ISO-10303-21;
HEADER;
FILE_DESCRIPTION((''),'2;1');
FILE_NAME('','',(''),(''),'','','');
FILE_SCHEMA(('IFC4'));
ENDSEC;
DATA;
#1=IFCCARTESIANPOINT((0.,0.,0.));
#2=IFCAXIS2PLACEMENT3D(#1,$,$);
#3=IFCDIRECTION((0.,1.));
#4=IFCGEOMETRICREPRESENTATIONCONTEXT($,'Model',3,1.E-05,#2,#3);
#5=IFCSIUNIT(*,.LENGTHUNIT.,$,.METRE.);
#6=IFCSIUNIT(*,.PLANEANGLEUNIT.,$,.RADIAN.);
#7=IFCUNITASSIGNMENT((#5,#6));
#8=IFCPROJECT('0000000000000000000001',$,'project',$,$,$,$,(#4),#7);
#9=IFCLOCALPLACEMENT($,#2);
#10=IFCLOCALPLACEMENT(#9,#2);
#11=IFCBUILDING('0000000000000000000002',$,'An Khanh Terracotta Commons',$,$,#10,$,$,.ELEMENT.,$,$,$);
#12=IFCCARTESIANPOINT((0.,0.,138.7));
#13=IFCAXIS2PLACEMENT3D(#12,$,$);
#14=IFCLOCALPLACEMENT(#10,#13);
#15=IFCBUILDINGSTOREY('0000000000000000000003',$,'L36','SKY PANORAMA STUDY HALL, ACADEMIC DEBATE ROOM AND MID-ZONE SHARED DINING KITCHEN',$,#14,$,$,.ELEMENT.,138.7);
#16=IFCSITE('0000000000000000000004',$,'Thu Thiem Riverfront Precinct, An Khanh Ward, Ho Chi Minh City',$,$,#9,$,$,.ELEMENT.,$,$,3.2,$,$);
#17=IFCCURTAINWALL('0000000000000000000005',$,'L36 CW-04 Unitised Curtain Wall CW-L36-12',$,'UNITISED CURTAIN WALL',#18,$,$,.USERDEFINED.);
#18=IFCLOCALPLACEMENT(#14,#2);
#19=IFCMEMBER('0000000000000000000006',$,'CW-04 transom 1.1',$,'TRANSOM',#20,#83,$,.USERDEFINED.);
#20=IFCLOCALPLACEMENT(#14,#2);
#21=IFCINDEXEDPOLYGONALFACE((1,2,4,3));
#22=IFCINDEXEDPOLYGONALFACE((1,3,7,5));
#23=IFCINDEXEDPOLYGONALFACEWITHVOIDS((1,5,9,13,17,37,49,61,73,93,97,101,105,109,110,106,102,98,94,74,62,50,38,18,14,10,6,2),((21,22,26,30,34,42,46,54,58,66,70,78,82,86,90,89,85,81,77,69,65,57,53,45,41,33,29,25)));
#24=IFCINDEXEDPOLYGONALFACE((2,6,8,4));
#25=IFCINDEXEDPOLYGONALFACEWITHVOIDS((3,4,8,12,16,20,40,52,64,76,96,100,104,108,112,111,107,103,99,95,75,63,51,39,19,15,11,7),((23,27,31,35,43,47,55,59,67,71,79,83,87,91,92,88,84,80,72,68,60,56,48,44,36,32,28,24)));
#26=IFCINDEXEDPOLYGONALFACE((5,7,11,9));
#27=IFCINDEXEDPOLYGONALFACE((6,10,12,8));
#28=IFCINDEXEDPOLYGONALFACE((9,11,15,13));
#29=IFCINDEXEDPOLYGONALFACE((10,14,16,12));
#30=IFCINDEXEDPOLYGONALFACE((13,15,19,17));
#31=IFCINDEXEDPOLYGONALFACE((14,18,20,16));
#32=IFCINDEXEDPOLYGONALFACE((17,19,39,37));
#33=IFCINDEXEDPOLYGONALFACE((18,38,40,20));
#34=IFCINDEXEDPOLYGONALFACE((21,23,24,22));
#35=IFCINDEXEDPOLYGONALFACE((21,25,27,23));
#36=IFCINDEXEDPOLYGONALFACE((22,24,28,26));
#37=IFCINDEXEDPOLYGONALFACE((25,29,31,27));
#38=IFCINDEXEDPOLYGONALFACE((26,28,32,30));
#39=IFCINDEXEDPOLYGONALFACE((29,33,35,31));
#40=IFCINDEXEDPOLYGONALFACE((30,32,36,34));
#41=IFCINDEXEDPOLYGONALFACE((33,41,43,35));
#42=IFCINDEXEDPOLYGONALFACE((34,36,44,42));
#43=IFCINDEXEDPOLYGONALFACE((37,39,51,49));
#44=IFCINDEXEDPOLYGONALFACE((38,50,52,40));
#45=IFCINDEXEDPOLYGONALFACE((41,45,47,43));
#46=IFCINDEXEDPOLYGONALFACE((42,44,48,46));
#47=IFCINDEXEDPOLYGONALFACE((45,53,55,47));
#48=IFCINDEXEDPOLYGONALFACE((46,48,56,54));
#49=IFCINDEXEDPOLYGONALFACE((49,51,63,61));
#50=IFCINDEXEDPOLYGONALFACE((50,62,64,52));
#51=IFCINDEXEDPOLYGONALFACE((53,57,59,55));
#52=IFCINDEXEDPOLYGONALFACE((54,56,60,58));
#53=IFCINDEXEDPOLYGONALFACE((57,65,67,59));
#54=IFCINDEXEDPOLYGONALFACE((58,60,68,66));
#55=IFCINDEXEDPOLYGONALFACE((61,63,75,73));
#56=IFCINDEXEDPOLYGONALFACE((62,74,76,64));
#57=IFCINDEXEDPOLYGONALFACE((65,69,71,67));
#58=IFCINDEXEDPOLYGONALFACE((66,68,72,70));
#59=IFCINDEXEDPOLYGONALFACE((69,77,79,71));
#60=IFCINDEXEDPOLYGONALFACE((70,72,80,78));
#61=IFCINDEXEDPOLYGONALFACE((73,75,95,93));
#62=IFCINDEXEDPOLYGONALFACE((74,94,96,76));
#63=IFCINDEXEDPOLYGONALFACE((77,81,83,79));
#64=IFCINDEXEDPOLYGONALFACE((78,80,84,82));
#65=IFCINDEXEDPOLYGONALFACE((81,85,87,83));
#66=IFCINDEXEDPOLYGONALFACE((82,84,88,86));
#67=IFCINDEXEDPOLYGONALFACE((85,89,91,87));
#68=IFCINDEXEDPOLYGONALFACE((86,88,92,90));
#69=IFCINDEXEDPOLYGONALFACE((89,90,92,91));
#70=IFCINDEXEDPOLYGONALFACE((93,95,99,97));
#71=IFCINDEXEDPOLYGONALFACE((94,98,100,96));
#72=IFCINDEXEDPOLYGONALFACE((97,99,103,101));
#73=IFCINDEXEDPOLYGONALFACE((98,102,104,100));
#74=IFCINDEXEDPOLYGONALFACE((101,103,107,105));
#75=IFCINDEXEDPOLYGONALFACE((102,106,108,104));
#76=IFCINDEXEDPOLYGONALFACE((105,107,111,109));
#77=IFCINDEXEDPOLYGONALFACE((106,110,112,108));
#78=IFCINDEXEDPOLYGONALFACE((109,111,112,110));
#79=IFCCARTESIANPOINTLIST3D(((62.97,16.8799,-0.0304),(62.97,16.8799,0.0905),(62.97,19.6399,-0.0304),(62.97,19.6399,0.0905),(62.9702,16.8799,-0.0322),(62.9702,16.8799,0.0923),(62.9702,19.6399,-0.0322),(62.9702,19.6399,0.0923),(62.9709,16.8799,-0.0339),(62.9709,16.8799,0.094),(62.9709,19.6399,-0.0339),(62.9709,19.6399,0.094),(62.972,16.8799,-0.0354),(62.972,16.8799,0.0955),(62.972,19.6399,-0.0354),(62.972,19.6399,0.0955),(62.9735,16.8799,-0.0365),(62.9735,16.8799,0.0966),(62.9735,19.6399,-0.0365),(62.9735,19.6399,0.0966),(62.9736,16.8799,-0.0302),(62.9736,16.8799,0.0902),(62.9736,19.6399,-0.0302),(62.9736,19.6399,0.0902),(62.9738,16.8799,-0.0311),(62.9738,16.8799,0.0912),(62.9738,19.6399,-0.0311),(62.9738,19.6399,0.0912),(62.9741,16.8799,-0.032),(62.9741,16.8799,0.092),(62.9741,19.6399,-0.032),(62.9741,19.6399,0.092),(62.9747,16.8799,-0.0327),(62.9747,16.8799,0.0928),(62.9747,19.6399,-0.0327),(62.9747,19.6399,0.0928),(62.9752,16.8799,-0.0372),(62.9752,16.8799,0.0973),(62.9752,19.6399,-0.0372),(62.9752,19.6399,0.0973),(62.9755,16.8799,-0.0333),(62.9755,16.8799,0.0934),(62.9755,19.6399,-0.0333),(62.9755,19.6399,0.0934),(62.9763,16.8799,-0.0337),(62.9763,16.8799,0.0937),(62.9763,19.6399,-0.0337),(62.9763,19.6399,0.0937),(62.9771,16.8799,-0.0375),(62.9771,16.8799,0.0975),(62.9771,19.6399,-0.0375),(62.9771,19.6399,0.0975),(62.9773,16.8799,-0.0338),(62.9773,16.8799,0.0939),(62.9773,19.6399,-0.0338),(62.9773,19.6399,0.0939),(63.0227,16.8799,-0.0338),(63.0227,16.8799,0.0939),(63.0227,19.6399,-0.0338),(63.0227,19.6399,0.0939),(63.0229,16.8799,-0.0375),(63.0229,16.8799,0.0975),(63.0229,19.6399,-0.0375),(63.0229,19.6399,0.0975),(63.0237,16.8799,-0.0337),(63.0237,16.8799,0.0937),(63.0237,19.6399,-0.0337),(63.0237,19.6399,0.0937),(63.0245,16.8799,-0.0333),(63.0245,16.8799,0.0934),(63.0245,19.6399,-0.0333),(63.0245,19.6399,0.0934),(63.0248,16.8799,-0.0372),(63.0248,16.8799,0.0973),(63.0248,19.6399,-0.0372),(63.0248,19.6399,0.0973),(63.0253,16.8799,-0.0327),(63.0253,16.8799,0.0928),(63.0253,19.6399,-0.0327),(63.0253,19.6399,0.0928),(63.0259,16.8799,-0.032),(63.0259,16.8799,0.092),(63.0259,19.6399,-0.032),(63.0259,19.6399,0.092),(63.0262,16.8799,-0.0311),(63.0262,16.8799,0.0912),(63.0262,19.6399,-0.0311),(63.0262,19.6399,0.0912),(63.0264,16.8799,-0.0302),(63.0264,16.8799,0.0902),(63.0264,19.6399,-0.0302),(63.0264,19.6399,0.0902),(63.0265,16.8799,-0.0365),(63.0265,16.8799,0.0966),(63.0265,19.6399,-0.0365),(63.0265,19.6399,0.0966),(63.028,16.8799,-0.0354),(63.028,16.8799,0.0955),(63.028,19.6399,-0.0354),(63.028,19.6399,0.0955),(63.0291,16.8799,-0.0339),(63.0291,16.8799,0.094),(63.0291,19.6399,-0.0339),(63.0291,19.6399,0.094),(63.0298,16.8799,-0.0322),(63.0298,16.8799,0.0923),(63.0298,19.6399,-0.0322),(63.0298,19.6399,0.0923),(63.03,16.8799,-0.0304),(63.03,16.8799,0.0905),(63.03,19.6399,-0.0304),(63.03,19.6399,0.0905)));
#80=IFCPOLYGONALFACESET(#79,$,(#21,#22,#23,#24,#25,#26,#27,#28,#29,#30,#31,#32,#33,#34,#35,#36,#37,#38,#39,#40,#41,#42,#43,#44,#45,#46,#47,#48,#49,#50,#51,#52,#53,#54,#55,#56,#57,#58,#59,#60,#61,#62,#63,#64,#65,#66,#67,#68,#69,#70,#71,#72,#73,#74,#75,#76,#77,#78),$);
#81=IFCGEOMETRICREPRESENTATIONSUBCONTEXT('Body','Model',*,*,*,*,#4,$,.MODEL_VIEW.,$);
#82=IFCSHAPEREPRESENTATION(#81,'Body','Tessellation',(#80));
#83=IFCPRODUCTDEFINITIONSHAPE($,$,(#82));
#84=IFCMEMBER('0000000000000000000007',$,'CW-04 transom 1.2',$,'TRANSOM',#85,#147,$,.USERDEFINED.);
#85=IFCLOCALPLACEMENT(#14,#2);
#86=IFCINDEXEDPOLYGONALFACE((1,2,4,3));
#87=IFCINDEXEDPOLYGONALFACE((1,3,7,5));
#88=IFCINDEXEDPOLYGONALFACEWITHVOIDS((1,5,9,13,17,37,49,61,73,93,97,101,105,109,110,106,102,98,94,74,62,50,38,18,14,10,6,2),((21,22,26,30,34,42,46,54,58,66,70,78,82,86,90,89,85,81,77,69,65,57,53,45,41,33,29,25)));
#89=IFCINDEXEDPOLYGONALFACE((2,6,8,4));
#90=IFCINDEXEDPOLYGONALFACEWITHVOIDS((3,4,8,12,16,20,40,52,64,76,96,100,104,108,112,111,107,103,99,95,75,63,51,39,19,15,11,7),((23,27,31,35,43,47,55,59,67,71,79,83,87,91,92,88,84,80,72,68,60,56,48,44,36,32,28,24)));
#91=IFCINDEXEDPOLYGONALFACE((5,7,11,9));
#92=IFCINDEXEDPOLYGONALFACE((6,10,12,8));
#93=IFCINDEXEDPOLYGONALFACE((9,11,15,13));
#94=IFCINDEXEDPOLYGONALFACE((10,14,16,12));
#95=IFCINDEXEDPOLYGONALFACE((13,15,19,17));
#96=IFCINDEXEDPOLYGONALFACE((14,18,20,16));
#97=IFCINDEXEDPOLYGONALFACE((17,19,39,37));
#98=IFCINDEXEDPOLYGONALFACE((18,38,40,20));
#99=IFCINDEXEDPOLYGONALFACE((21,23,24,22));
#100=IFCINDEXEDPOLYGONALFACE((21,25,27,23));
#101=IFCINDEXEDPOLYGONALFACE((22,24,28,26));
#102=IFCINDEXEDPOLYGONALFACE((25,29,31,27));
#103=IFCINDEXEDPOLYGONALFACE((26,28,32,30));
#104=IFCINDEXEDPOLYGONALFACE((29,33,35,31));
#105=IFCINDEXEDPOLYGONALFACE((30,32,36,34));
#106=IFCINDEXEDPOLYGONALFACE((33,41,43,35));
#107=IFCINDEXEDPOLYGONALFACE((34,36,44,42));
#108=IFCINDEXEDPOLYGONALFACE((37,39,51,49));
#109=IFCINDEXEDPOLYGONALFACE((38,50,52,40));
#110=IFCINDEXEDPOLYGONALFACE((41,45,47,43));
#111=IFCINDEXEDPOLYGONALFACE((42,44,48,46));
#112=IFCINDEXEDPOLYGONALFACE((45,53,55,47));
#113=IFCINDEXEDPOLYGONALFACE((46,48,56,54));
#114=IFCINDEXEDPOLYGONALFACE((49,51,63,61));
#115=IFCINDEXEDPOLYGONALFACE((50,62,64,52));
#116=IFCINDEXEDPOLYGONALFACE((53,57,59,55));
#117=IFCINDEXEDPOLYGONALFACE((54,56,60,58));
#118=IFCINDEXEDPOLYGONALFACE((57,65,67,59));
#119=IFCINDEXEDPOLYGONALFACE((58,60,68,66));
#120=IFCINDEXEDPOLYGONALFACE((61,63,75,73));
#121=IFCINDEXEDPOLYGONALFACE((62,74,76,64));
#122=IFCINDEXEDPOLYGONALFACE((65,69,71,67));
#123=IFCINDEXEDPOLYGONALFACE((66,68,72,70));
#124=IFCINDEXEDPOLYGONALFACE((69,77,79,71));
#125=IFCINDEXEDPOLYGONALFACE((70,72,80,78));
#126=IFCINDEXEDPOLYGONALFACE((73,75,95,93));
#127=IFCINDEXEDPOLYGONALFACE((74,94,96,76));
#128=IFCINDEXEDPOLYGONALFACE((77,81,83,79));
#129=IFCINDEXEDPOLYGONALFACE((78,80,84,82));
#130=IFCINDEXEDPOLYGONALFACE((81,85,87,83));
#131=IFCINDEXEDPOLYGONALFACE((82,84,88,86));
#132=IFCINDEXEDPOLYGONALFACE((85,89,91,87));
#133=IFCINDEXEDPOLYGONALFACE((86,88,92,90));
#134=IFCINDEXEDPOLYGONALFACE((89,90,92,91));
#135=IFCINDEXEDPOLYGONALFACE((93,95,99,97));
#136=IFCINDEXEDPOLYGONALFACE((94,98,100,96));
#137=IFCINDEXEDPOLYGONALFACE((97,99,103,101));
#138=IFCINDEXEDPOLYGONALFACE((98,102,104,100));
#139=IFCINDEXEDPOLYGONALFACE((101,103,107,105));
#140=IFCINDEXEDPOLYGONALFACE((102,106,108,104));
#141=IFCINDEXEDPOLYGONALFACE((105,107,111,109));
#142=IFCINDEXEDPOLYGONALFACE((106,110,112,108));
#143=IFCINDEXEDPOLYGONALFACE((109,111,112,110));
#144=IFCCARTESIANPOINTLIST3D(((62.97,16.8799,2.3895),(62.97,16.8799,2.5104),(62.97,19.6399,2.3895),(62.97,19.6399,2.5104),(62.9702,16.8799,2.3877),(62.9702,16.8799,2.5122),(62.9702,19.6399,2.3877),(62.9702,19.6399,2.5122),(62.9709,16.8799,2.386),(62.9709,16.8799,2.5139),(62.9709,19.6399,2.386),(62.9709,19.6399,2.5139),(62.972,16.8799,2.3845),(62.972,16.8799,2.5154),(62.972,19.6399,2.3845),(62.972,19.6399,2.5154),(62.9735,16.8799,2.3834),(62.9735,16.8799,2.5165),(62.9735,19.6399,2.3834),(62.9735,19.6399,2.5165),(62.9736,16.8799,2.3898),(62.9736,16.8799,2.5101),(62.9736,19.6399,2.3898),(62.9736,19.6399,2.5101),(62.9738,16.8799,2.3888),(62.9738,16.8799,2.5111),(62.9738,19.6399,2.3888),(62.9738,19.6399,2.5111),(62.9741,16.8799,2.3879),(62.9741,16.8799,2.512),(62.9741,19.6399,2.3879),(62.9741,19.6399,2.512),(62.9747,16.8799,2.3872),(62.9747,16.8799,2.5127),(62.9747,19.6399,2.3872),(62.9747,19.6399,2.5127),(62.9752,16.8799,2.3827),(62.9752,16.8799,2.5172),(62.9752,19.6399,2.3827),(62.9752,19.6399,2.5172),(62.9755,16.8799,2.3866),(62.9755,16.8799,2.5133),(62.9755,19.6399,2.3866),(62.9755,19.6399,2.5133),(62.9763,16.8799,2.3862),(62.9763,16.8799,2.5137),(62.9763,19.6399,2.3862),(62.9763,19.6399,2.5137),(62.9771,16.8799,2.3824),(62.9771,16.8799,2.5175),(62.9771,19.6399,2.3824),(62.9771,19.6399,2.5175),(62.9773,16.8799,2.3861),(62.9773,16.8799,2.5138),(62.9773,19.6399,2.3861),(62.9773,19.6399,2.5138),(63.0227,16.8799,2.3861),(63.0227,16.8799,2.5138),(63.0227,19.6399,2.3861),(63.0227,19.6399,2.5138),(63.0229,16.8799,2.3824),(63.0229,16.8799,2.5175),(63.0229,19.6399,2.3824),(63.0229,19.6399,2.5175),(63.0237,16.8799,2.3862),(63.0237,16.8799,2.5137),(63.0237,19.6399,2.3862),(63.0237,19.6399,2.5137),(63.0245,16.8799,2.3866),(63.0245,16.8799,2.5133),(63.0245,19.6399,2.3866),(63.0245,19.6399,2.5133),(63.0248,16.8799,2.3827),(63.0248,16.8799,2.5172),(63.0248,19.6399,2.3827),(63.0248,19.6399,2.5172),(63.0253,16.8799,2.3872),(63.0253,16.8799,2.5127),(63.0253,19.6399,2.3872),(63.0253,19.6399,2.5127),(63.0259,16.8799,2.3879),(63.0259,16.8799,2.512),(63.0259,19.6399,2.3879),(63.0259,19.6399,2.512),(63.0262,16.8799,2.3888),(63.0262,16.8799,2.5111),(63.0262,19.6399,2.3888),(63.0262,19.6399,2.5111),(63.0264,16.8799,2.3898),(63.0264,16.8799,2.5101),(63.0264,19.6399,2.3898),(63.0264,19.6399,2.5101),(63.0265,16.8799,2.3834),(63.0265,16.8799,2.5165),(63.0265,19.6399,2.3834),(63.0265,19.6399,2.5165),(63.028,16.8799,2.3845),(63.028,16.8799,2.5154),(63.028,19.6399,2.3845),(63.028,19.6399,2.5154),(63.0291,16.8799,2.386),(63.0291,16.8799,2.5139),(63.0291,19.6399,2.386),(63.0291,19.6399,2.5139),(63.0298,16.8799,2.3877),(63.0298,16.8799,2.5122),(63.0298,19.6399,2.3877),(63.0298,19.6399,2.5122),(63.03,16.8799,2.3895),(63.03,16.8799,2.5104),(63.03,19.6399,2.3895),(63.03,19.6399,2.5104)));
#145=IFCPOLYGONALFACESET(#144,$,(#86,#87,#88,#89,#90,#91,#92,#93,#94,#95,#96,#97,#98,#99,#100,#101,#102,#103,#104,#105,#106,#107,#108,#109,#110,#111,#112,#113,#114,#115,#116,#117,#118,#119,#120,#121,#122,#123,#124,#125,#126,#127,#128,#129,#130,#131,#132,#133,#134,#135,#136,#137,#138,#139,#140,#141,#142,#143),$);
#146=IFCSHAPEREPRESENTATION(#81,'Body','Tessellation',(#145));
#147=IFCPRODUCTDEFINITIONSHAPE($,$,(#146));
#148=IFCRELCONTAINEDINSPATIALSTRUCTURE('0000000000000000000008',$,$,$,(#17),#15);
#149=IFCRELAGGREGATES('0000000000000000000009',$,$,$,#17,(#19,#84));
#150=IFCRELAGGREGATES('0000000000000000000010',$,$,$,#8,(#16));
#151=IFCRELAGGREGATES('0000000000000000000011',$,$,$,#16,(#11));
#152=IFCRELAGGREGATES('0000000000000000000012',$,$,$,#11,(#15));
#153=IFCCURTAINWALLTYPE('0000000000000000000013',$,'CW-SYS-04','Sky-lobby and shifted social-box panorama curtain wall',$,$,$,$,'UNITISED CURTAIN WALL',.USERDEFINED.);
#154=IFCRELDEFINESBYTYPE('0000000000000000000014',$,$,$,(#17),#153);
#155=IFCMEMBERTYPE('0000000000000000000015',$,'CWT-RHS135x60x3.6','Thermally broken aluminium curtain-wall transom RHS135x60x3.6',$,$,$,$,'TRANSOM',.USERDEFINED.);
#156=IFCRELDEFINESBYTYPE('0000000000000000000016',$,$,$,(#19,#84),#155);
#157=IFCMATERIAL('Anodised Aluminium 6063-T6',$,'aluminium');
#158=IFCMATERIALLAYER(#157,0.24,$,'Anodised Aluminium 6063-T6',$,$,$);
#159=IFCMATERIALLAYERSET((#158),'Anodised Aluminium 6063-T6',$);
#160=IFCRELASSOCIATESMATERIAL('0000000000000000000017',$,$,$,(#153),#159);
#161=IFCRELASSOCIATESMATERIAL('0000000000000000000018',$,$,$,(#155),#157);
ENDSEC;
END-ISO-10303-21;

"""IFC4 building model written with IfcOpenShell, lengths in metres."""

from ifc_helpers import new_model, si_unit, direction, frame, origin, origin_2d, place, context, subcontext, project, spatial, hollow_rectangle, extrude, material, layer, layer_set, material_profile, profile_set, type_object, element, aggregate, save


model = new_model("IFC4")

# Units and contexts
model_context = context("Model", 3, precision=1e-05, world=origin(), true_north=direction((0.0, 1.0)))
body_context = subcontext(model_context, "Body", "Model", "MODEL_VIEW")
ifc_project = project(units=[si_unit("LENGTHUNIT", "METRE"), si_unit("PLANEANGLEUNIT", "RADIAN")], contexts=[model_context])

# Site, building, storey
site_placement = place(None, origin())
site = spatial("IfcSite", under=ifc_project, at=site_placement, Name="Thu Thiem Riverfront Precinct, An Khanh Ward, Ho Chi Minh City", CompositionType="ELEMENT", RefElevation=3.2)
building_placement = place(site_placement, origin())
building = spatial("IfcBuilding", under=site, at=building_placement, Name="An Khanh Terracotta Commons", CompositionType="ELEMENT")
storey_placement = place(building_placement, frame((0.0, 0.0, 138.7)))
storey = spatial("IfcBuildingStorey", under=building, at=storey_placement, Name="L36", Description="SKY PANORAMA STUDY HALL, ACADEMIC DEBATE ROOM AND MID-ZONE SHARED DINING KITCHEN", CompositionType="ELEMENT", Elevation=138.7)

# Curtain wall
ifc_material_1 = material(Name="Anodised Aluminium 6063-T6", Category="aluminium")
ifc_layer_1 = layer(ifc_material_1, 0.24, Name="Anodised Aluminium 6063-T6")
ifc_layer_set_1 = layer_set([ifc_layer_1], Name="Anodised Aluminium 6063-T6")
curtain_wall_type = type_object("IfcCurtainWallType", Name="CW-SYS-04", Description="Sky-lobby and shifted social-box panorama curtain wall", ElementType="UNITISED CURTAIN WALL", PredefinedType="USERDEFINED", material=ifc_layer_set_1)
curtain_wall_1_placement = place(storey_placement, origin())
curtain_wall_1 = element("IfcCurtainWall", 1, at=curtain_wall_1_placement, inside=storey, type_object=curtain_wall_type, Name="L36 CW-04 Unitised Curtain Wall CW-L36-12", ObjectType="UNITISED CURTAIN WALL", PredefinedType="USERDEFINED")

# Members
ifc_material_profile_1 = material_profile(ifc_material_1, hollow_rectangle(XDim=0.0601, YDim=0.135, WallThickness=0.0037, InnerFilletRadius=0.0037, OuterFilletRadius=0.0071, at=origin_2d()), Name="RHS135x60x3.6")
ifc_profile_set_1 = profile_set([ifc_material_profile_1], Name="Anodised Aluminium 6063-T6")
member_type_1 = type_object("IfcMemberType", Name="CWT-RHS135x60x3.6", Description="Thermally broken aluminium curtain-wall transom RHS135x60x3.6", ElementType="TRANSOM", PredefinedType="USERDEFINED", material=ifc_profile_set_1)
member_1_placement = place(storey_placement, frame((63.0, 16.8799, 0.03), z_axis=(0.0, 1.0, 0.0), x_axis=(-1.0, 0.0, 0.0)))
member_1 = element("IfcMember", 2, at=member_1_placement, type_object=member_type_1, Name="CW-04 transom 1.1", ObjectType="TRANSOM", PredefinedType="USERDEFINED", context=body_context, shape_type="SweptSolid", body=[
    extrude(hollow_rectangle(XDim=0.0601, YDim=0.135, WallThickness=0.0037, InnerFilletRadius=0.0037, OuterFilletRadius=0.0071, at=origin_2d()), origin(), (0.0, 0.0, 1.0), 2.76),
])
member_2_placement = place(storey_placement, frame((63.0, 16.8799, 2.45), z_axis=(0.0, 1.0, 0.0), x_axis=(-1.0, 0.0, 0.0)))
member_2 = element("IfcMember", 3, at=member_2_placement, type_object=member_type_1, Name="CW-04 transom 1.2", ObjectType="TRANSOM", PredefinedType="USERDEFINED", context=body_context, shape_type="SweptSolid", body=[
    extrude(hollow_rectangle(XDim=0.0601, YDim=0.135, WallThickness=0.0037, InnerFilletRadius=0.0037, OuterFilletRadius=0.0071, at=origin_2d()), origin(), (0.0, 0.0, 1.0), 2.76),
])

aggregate(curtain_wall_1, [member_1, member_2])

save(model, "model.ifc")
